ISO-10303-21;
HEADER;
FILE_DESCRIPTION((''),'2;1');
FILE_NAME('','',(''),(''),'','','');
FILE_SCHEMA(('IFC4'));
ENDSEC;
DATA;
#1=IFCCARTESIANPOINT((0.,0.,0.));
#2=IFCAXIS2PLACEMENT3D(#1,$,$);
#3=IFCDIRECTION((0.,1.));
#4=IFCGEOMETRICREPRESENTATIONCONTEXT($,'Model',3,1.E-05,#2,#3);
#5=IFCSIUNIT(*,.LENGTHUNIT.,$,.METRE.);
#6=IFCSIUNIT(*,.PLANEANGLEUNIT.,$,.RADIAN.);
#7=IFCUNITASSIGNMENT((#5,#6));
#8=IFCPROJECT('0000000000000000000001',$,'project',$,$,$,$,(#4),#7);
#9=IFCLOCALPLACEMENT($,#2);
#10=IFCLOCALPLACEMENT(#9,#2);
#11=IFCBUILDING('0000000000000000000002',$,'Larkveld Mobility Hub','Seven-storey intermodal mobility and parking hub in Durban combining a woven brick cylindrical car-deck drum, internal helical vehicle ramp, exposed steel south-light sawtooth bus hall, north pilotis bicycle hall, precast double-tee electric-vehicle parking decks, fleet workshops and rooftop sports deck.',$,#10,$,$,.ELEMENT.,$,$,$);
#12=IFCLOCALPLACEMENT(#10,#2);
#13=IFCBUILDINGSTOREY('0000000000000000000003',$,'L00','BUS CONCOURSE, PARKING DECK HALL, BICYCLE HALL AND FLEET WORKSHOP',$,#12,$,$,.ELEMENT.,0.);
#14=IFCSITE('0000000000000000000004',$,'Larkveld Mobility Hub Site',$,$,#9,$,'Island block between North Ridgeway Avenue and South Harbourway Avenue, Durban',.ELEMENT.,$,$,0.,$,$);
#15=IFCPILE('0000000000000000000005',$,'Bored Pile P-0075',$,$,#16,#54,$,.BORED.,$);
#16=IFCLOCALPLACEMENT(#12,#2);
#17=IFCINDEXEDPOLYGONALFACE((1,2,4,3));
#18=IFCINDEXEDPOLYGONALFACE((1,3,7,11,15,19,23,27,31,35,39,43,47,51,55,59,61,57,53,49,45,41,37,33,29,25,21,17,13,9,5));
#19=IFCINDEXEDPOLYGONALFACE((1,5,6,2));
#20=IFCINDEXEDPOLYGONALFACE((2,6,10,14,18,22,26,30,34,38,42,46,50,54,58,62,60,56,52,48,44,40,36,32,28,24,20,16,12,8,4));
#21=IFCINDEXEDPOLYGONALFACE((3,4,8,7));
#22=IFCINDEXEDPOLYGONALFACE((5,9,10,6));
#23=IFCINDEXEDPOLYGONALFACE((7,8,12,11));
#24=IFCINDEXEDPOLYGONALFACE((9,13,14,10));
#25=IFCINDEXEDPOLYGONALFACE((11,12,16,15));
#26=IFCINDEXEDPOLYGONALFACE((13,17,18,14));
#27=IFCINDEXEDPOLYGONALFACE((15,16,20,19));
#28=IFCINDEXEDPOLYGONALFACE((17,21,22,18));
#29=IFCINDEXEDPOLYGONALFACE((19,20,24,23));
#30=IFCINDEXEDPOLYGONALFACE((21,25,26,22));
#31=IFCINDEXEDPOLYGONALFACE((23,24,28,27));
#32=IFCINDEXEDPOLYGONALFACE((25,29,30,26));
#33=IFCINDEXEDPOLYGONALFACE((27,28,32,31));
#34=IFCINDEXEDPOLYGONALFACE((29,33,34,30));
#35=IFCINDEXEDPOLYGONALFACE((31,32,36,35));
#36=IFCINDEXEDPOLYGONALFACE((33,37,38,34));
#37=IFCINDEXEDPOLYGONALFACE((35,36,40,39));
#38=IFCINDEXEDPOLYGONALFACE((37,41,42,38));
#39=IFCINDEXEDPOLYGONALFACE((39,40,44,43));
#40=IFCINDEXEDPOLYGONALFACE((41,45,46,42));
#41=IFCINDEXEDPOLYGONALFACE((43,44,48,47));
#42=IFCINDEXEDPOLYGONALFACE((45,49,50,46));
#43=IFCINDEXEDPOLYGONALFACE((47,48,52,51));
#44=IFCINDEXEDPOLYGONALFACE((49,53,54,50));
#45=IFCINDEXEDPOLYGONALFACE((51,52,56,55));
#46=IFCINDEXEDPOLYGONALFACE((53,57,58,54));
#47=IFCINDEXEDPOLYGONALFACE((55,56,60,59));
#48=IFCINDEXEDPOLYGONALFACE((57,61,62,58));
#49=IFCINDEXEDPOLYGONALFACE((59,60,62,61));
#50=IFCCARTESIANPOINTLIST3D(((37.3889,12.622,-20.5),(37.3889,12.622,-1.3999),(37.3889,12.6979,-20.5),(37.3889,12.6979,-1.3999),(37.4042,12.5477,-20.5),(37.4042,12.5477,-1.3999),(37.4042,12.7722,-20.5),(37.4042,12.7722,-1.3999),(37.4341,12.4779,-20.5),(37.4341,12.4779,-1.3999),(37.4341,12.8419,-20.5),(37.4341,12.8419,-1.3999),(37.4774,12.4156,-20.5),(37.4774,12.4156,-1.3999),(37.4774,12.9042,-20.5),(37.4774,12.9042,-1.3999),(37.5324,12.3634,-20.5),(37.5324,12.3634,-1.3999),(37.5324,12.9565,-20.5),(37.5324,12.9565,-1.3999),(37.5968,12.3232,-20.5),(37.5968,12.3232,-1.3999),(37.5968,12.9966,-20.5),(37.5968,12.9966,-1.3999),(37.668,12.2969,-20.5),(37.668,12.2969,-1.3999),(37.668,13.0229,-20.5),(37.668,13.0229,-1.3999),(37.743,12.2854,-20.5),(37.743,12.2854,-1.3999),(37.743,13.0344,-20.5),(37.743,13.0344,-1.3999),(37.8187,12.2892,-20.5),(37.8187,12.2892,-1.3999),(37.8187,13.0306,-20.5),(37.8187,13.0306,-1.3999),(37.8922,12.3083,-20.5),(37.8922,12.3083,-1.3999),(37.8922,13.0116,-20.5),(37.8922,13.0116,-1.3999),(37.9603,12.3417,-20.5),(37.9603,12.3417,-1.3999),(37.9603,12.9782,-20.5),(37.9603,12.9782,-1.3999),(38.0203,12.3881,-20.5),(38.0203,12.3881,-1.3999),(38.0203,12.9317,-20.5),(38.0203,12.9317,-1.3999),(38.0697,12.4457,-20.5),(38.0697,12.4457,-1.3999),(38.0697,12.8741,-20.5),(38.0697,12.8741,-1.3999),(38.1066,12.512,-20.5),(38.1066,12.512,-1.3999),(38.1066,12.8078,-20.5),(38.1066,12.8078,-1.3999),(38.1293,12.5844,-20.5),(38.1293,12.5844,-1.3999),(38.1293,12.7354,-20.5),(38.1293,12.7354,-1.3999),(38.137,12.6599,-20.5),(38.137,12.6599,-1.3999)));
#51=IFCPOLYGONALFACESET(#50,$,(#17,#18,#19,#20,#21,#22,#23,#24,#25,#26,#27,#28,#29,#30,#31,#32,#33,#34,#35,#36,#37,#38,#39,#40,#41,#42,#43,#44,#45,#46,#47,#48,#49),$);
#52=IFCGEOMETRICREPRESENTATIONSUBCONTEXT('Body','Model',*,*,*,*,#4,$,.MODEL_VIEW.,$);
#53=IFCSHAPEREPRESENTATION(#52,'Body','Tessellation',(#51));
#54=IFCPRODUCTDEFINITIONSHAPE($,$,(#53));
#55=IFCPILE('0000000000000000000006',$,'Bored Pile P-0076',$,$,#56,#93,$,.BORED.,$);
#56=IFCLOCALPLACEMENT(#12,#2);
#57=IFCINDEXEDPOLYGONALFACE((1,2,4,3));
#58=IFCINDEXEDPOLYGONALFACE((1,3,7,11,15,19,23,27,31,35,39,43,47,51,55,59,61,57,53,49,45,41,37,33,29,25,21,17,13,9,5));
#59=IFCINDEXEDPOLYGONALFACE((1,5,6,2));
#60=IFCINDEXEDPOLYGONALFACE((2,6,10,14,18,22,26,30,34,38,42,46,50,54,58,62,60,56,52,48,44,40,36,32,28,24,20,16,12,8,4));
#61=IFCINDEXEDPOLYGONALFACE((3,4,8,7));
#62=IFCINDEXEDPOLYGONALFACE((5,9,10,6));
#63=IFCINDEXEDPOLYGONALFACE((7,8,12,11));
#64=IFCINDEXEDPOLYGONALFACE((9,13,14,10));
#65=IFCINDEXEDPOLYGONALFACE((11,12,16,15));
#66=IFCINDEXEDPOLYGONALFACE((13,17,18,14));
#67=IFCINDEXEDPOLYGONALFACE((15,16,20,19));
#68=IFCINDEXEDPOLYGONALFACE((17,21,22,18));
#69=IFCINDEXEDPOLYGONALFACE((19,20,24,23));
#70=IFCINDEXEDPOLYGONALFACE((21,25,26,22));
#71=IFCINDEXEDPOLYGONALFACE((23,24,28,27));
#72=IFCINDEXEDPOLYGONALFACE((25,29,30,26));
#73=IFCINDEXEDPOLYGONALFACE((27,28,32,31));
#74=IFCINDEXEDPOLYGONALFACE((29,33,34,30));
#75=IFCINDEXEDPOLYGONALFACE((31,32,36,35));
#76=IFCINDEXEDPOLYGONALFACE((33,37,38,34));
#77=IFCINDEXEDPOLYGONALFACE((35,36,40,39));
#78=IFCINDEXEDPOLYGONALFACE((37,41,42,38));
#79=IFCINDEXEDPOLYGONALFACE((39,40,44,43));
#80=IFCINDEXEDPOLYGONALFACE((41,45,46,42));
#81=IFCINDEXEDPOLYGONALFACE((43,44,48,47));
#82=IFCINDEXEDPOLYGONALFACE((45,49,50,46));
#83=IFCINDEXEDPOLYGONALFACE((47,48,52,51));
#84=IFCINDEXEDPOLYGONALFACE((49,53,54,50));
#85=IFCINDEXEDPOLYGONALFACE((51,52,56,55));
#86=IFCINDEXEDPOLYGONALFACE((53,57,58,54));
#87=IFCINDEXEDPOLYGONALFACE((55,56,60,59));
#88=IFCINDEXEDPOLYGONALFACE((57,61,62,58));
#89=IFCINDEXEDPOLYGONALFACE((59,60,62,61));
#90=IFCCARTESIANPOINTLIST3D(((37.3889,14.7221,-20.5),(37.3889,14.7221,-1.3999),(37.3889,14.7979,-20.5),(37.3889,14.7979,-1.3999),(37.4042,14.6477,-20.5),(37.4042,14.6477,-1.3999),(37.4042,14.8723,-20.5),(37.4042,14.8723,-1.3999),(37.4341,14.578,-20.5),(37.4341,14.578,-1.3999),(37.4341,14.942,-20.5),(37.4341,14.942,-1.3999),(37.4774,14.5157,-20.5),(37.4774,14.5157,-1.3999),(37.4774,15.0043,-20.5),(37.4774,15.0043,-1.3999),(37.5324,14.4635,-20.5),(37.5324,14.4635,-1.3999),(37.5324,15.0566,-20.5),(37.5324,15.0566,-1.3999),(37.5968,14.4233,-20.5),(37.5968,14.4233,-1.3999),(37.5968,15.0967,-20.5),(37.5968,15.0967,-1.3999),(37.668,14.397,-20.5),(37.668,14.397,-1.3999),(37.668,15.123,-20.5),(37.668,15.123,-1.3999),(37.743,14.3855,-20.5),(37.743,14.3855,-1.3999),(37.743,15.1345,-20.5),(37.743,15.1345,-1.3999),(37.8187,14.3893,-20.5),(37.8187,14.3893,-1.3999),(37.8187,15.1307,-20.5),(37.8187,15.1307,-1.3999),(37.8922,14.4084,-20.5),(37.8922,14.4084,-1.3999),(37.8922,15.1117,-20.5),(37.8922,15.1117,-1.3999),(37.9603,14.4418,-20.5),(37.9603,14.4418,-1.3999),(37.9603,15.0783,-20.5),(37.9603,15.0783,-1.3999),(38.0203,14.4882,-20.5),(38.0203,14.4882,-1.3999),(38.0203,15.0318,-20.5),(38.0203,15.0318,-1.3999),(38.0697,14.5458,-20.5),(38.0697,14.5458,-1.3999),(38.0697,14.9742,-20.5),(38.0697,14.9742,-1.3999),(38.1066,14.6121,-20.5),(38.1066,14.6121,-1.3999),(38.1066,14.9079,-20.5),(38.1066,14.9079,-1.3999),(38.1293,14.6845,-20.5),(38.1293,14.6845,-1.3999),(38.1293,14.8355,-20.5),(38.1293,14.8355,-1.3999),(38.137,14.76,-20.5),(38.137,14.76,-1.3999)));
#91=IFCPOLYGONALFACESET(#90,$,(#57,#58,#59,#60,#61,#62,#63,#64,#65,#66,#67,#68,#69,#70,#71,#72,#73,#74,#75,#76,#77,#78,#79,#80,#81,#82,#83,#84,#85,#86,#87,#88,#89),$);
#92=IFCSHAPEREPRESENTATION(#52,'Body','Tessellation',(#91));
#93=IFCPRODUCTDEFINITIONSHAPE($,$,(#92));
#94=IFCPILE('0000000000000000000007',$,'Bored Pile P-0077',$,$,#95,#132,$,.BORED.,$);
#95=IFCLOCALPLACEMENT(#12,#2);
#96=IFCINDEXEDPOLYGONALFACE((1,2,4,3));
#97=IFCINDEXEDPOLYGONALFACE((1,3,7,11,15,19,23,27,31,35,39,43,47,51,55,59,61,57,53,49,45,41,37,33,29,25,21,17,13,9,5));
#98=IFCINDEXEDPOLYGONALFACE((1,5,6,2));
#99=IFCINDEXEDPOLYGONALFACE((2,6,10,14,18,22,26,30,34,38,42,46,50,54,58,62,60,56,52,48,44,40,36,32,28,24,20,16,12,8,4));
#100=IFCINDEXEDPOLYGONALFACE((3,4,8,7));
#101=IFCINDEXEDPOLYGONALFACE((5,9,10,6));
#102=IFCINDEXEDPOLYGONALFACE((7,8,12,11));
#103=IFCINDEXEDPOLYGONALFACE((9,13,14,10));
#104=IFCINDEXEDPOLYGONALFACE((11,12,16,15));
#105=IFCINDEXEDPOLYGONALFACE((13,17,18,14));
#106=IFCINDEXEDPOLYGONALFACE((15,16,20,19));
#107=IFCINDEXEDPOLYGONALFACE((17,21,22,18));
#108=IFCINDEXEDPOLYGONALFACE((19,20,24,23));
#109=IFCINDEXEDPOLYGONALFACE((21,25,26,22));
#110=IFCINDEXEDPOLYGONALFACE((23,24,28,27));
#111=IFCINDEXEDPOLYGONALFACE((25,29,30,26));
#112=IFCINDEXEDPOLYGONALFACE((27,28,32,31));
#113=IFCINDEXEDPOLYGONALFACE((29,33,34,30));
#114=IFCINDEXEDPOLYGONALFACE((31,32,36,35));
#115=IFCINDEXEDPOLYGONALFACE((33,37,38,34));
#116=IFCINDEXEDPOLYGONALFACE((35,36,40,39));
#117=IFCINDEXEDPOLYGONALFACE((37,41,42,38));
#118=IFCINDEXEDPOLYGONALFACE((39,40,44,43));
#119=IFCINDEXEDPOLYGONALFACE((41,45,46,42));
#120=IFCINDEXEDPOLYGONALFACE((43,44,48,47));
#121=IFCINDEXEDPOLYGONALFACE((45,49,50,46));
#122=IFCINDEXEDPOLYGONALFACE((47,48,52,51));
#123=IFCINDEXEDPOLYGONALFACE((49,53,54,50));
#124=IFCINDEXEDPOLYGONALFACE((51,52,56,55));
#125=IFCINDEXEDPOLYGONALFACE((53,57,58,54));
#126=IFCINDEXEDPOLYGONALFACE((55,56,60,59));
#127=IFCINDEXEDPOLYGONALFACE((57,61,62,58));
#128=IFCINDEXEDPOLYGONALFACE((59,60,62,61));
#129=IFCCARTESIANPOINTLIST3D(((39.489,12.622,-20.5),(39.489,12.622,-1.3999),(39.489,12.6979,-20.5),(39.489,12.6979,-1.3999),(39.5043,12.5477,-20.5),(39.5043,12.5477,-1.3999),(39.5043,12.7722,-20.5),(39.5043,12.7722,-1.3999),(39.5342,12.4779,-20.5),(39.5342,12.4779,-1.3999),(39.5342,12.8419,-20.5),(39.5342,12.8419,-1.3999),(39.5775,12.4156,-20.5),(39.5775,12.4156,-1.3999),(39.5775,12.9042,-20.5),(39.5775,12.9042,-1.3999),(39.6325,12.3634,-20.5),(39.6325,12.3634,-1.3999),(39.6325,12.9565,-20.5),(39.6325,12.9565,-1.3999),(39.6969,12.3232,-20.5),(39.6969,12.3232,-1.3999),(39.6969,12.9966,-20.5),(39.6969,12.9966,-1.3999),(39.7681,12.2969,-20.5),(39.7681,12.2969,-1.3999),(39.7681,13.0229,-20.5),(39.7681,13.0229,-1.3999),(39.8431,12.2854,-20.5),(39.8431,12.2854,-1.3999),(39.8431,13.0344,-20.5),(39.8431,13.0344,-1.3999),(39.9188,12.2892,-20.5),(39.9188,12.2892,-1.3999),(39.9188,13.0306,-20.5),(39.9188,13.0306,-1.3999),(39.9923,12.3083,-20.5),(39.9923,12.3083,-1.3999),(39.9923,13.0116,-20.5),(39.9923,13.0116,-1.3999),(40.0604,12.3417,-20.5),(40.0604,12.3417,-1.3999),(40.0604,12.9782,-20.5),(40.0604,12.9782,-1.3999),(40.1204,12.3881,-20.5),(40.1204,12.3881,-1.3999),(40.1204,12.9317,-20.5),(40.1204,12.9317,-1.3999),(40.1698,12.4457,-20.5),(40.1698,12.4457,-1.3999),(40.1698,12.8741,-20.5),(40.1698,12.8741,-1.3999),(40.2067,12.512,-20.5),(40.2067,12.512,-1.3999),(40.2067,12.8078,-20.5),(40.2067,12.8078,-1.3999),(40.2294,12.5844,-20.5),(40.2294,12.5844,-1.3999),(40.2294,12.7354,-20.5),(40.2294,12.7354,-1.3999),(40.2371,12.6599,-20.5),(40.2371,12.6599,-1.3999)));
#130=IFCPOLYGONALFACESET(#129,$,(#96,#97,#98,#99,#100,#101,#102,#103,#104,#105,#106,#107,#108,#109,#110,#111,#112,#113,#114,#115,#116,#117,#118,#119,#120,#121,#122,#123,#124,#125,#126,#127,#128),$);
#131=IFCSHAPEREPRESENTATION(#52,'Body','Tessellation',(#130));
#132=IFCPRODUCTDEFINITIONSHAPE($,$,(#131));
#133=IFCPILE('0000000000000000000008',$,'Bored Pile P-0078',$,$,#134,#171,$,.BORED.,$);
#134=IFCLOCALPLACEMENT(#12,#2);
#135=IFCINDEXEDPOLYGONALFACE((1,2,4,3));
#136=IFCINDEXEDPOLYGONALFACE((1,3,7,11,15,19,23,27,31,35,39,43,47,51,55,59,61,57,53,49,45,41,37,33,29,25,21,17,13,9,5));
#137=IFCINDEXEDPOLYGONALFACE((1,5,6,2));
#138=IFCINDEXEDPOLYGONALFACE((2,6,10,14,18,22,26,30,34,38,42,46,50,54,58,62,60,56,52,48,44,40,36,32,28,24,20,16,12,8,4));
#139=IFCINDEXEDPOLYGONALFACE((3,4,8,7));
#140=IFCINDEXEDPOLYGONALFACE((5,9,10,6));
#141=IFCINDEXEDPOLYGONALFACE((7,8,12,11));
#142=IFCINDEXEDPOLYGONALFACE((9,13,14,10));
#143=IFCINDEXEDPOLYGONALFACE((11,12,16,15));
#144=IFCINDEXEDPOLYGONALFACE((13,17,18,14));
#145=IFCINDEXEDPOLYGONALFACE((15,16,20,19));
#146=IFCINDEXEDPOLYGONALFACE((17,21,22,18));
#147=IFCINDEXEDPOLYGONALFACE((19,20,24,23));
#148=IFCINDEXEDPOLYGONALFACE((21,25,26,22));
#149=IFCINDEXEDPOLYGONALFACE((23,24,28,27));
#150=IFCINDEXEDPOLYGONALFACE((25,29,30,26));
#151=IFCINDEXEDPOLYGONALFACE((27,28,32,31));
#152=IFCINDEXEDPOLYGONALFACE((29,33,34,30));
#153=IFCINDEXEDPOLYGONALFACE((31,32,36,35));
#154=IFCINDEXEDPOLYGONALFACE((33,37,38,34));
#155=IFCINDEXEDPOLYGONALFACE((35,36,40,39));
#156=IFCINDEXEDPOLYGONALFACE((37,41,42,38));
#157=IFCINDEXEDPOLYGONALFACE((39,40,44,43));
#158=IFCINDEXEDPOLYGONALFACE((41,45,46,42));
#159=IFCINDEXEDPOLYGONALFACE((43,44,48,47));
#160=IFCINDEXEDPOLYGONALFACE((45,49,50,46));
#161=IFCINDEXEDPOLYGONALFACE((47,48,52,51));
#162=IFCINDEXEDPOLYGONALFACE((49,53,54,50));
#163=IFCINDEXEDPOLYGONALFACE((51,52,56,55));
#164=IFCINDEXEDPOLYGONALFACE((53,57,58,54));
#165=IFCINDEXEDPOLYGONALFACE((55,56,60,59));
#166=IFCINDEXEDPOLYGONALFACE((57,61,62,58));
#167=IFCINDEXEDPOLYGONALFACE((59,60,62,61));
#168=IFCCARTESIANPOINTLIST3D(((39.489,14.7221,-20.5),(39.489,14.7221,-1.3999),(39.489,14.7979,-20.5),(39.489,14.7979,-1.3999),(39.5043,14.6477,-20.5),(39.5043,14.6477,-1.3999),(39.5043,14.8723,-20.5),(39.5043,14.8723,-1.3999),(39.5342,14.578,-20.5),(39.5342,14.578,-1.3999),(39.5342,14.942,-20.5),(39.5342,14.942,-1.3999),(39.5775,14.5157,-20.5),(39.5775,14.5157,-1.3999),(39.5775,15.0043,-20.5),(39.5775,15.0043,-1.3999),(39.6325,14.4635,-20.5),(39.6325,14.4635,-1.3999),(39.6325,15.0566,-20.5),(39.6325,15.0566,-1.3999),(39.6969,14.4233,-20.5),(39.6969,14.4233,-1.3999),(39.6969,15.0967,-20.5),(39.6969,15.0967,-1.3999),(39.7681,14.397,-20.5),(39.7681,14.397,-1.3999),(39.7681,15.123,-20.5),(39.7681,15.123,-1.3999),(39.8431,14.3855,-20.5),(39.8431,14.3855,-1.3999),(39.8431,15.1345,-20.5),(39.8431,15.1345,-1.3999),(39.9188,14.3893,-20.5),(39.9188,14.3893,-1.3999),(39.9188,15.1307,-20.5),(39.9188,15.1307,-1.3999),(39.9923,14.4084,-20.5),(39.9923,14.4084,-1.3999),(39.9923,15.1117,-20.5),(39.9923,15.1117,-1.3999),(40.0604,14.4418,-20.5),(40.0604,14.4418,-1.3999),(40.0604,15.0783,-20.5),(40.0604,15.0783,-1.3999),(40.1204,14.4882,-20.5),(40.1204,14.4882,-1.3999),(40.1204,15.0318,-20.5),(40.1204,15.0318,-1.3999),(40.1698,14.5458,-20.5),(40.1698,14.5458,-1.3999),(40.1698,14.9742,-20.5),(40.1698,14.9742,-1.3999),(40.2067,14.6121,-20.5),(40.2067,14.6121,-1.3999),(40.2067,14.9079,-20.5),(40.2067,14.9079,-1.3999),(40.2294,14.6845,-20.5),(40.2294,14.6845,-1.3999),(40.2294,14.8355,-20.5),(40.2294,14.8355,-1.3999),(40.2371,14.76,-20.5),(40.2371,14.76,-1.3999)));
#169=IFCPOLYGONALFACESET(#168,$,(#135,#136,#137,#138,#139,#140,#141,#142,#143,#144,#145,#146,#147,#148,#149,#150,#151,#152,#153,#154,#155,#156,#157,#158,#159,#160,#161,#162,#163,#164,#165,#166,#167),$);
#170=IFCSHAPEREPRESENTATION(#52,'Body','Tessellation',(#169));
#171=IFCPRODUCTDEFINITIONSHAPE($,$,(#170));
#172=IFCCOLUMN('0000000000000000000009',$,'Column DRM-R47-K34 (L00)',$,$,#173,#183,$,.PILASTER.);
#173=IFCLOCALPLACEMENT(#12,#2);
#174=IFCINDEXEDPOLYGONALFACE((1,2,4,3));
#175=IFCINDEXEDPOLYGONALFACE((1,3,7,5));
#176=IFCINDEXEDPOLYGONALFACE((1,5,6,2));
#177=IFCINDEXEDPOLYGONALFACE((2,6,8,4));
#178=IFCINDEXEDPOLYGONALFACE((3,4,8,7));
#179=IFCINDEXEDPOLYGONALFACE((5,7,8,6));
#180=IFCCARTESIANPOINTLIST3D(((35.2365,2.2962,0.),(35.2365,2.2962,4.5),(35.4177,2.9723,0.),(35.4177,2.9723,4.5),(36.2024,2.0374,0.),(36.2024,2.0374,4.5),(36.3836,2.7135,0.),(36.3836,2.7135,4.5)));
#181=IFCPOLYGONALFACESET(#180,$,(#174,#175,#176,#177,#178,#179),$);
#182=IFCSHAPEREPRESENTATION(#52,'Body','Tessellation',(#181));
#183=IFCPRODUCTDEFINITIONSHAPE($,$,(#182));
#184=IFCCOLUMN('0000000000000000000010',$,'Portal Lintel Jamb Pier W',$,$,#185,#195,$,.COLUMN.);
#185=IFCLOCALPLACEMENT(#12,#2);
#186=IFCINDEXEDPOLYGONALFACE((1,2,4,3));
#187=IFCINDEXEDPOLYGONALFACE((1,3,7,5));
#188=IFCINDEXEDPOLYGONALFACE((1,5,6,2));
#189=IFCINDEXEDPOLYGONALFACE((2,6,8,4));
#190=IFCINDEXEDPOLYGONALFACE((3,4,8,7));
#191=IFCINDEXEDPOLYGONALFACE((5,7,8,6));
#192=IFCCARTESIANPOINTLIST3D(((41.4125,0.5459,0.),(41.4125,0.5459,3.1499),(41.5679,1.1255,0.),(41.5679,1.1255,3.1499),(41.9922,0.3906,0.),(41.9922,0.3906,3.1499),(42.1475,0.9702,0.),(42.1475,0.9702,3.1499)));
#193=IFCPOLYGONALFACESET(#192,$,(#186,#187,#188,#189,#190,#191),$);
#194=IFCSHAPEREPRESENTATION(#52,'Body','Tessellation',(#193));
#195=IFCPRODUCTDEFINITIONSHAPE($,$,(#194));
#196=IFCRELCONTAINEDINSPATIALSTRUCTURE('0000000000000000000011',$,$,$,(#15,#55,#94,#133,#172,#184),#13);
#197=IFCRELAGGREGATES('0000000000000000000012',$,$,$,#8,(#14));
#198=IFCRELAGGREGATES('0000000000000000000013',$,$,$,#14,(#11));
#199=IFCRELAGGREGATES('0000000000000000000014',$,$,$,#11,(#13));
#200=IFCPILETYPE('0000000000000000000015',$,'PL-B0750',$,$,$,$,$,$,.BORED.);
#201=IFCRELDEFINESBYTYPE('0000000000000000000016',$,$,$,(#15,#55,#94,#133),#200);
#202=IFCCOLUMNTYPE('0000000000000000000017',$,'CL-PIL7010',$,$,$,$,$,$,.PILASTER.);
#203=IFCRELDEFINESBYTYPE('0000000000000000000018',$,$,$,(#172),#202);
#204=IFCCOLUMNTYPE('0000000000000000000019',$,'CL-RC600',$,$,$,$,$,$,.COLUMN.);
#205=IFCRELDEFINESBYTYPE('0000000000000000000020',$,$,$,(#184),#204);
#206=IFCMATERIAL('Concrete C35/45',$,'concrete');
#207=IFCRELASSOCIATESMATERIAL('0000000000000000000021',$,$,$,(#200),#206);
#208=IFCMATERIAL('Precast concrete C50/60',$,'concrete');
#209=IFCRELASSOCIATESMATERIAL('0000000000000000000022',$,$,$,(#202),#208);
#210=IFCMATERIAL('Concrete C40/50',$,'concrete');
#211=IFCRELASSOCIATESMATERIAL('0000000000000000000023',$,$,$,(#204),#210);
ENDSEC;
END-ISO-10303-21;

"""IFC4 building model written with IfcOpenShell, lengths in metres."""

from ifc_helpers import new_model, si_unit, direction, frame, origin, origin_2d, place, context, subcontext, project, spatial, rectangle, circle, extrude, material, material_profile, profile_set, type_object, element, save


model = new_model("IFC4")

# Units and contexts
model_context = context("Model", 3, precision=1e-05, world=origin(), true_north=direction((0.0, 1.0)))
body_context = subcontext(model_context, "Body", "Model", "MODEL_VIEW")
ifc_project = project(units=[si_unit("LENGTHUNIT", "METRE"), si_unit("PLANEANGLEUNIT", "RADIAN")], contexts=[model_context])

# Site, building, storey
site_placement = place(None, origin())
site = spatial("IfcSite", under=ifc_project, at=site_placement, Name="Larkveld Mobility Hub Site", LongName="Island block between North Ridgeway Avenue and South Harbourway Avenue, Durban", CompositionType="ELEMENT", RefElevation=0.0)
building_placement = place(site_placement, origin())
building = spatial("IfcBuilding", under=site, at=building_placement, Name="Larkveld Mobility Hub", Description="Seven-storey intermodal mobility and parking hub in Durban combining a woven brick cylindrical car-deck drum, internal helical vehicle ramp, exposed steel south-light sawtooth bus hall, north pilotis bicycle hall, precast double-tee electric-vehicle parking decks, fleet workshops and rooftop sports deck.", CompositionType="ELEMENT")
storey_placement = place(building_placement, origin())
storey = spatial("IfcBuildingStorey", under=building, at=storey_placement, Name="L00", Description="BUS CONCOURSE, PARKING DECK HALL, BICYCLE HALL AND FLEET WORKSHOP", CompositionType="ELEMENT", Elevation=0.0)

# Shared definitions
ifc_material_1 = material(Name="Concrete C35/45", Category="concrete")

# Piles
ifc_material_profile_1 = material_profile(ifc_material_1, circle(Radius=0.375, at=origin_2d()), Name="PILE D750")
ifc_profile_set_1 = profile_set([ifc_material_profile_1], Name="Concrete C35/45")
pile_type = type_object("IfcPileType", Name="PL-B0750", PredefinedType="BORED", material=ifc_profile_set_1)
for number, where, z_axis, x_axis, name in (
    (1, (37.762, 12.6599, -1.3999), (0.0, 0.0, -1.0), (1.0, 0.0, 0.0), "Bored Pile P-0075"),
    (2, (37.762, 14.76, -1.3999), (0.0, 0.0, -1.0), (1.0, 0.0, 0.0), "Bored Pile P-0076"),
    (3, (39.8621, 12.6599, -1.3999), (0.0, 0.0, -1.0), (1.0, 0.0, 0.0), "Bored Pile P-0077"),
    (4, (39.8621, 14.76, -1.3999), (0.0, 0.0, -1.0), (1.0, 0.0, 0.0), "Bored Pile P-0078"),
):
    element("IfcPile", number, at=place(storey_placement, frame(where, z_axis=z_axis, x_axis=x_axis)), inside=storey, type_object=pile_type, Name=name, PredefinedType="BORED", context=body_context, shape_type="SweptSolid", body=[
        extrude(circle(Radius=0.375, at=origin_2d()), origin(), (0.0, 0.0, 1.0), 19.1001),
    ])

# Columns
ifc_material_2 = material(Name="Precast concrete C50/60", Category="concrete")
ifc_material_profile_2 = material_profile(ifc_material_2, rectangle(XDim=0.7, YDim=1.0, at=origin_2d()), Name="PC PIL 700x1000")
ifc_profile_set_2 = profile_set([ifc_material_profile_2], Name="Precast concrete C50/60")
column_type_1 = type_object("IfcColumnType", Name="CL-PIL7010", PredefinedType="PILASTER", material=ifc_profile_set_2)
column_1_placement = place(storey_placement, frame((35.8101, 2.5049, 0.0), z_axis=(0.0, 0.0, 1.0), x_axis=(0.258819, 0.965926, 0.0)))
element("IfcColumn", 5, at=column_1_placement, inside=storey, type_object=column_type_1, Name="Column DRM-R47-K34 (L00)", PredefinedType="PILASTER", context=body_context, shape_type="SweptSolid", body=[
    extrude(rectangle(XDim=0.7, YDim=1.0, at=origin_2d()), origin(), (0.0, 0.0, 1.0), 4.5),
])
ifc_material_3 = material(Name="Concrete C40/50", Category="concrete")
ifc_material_profile_3 = material_profile(ifc_material_3, rectangle(XDim=0.6001, YDim=0.6001, at=origin_2d()), Name="RC COL 600x600")
ifc_profile_set_3 = profile_set([ifc_material_profile_3], Name="Concrete C40/50")
column_type_2 = type_object("IfcColumnType", Name="CL-RC600", PredefinedType="COLUMN", material=ifc_profile_set_3)
column_2_placement = place(storey_placement, frame((41.78, 0.7581, 0.0), z_axis=(0.0, 0.0, 1.0), x_axis=(0.258819, 0.965926, 0.0)))
element("IfcColumn", 6, at=column_2_placement, inside=storey, type_object=column_type_2, Name="Portal Lintel Jamb Pier W", PredefinedType="COLUMN", context=body_context, shape_type="SweptSolid", body=[
    extrude(rectangle(XDim=0.6001, YDim=0.6001, at=origin_2d()), origin(), (0.0, 0.0, 1.0), 3.1499),
])

save(model, "model.ifc")
